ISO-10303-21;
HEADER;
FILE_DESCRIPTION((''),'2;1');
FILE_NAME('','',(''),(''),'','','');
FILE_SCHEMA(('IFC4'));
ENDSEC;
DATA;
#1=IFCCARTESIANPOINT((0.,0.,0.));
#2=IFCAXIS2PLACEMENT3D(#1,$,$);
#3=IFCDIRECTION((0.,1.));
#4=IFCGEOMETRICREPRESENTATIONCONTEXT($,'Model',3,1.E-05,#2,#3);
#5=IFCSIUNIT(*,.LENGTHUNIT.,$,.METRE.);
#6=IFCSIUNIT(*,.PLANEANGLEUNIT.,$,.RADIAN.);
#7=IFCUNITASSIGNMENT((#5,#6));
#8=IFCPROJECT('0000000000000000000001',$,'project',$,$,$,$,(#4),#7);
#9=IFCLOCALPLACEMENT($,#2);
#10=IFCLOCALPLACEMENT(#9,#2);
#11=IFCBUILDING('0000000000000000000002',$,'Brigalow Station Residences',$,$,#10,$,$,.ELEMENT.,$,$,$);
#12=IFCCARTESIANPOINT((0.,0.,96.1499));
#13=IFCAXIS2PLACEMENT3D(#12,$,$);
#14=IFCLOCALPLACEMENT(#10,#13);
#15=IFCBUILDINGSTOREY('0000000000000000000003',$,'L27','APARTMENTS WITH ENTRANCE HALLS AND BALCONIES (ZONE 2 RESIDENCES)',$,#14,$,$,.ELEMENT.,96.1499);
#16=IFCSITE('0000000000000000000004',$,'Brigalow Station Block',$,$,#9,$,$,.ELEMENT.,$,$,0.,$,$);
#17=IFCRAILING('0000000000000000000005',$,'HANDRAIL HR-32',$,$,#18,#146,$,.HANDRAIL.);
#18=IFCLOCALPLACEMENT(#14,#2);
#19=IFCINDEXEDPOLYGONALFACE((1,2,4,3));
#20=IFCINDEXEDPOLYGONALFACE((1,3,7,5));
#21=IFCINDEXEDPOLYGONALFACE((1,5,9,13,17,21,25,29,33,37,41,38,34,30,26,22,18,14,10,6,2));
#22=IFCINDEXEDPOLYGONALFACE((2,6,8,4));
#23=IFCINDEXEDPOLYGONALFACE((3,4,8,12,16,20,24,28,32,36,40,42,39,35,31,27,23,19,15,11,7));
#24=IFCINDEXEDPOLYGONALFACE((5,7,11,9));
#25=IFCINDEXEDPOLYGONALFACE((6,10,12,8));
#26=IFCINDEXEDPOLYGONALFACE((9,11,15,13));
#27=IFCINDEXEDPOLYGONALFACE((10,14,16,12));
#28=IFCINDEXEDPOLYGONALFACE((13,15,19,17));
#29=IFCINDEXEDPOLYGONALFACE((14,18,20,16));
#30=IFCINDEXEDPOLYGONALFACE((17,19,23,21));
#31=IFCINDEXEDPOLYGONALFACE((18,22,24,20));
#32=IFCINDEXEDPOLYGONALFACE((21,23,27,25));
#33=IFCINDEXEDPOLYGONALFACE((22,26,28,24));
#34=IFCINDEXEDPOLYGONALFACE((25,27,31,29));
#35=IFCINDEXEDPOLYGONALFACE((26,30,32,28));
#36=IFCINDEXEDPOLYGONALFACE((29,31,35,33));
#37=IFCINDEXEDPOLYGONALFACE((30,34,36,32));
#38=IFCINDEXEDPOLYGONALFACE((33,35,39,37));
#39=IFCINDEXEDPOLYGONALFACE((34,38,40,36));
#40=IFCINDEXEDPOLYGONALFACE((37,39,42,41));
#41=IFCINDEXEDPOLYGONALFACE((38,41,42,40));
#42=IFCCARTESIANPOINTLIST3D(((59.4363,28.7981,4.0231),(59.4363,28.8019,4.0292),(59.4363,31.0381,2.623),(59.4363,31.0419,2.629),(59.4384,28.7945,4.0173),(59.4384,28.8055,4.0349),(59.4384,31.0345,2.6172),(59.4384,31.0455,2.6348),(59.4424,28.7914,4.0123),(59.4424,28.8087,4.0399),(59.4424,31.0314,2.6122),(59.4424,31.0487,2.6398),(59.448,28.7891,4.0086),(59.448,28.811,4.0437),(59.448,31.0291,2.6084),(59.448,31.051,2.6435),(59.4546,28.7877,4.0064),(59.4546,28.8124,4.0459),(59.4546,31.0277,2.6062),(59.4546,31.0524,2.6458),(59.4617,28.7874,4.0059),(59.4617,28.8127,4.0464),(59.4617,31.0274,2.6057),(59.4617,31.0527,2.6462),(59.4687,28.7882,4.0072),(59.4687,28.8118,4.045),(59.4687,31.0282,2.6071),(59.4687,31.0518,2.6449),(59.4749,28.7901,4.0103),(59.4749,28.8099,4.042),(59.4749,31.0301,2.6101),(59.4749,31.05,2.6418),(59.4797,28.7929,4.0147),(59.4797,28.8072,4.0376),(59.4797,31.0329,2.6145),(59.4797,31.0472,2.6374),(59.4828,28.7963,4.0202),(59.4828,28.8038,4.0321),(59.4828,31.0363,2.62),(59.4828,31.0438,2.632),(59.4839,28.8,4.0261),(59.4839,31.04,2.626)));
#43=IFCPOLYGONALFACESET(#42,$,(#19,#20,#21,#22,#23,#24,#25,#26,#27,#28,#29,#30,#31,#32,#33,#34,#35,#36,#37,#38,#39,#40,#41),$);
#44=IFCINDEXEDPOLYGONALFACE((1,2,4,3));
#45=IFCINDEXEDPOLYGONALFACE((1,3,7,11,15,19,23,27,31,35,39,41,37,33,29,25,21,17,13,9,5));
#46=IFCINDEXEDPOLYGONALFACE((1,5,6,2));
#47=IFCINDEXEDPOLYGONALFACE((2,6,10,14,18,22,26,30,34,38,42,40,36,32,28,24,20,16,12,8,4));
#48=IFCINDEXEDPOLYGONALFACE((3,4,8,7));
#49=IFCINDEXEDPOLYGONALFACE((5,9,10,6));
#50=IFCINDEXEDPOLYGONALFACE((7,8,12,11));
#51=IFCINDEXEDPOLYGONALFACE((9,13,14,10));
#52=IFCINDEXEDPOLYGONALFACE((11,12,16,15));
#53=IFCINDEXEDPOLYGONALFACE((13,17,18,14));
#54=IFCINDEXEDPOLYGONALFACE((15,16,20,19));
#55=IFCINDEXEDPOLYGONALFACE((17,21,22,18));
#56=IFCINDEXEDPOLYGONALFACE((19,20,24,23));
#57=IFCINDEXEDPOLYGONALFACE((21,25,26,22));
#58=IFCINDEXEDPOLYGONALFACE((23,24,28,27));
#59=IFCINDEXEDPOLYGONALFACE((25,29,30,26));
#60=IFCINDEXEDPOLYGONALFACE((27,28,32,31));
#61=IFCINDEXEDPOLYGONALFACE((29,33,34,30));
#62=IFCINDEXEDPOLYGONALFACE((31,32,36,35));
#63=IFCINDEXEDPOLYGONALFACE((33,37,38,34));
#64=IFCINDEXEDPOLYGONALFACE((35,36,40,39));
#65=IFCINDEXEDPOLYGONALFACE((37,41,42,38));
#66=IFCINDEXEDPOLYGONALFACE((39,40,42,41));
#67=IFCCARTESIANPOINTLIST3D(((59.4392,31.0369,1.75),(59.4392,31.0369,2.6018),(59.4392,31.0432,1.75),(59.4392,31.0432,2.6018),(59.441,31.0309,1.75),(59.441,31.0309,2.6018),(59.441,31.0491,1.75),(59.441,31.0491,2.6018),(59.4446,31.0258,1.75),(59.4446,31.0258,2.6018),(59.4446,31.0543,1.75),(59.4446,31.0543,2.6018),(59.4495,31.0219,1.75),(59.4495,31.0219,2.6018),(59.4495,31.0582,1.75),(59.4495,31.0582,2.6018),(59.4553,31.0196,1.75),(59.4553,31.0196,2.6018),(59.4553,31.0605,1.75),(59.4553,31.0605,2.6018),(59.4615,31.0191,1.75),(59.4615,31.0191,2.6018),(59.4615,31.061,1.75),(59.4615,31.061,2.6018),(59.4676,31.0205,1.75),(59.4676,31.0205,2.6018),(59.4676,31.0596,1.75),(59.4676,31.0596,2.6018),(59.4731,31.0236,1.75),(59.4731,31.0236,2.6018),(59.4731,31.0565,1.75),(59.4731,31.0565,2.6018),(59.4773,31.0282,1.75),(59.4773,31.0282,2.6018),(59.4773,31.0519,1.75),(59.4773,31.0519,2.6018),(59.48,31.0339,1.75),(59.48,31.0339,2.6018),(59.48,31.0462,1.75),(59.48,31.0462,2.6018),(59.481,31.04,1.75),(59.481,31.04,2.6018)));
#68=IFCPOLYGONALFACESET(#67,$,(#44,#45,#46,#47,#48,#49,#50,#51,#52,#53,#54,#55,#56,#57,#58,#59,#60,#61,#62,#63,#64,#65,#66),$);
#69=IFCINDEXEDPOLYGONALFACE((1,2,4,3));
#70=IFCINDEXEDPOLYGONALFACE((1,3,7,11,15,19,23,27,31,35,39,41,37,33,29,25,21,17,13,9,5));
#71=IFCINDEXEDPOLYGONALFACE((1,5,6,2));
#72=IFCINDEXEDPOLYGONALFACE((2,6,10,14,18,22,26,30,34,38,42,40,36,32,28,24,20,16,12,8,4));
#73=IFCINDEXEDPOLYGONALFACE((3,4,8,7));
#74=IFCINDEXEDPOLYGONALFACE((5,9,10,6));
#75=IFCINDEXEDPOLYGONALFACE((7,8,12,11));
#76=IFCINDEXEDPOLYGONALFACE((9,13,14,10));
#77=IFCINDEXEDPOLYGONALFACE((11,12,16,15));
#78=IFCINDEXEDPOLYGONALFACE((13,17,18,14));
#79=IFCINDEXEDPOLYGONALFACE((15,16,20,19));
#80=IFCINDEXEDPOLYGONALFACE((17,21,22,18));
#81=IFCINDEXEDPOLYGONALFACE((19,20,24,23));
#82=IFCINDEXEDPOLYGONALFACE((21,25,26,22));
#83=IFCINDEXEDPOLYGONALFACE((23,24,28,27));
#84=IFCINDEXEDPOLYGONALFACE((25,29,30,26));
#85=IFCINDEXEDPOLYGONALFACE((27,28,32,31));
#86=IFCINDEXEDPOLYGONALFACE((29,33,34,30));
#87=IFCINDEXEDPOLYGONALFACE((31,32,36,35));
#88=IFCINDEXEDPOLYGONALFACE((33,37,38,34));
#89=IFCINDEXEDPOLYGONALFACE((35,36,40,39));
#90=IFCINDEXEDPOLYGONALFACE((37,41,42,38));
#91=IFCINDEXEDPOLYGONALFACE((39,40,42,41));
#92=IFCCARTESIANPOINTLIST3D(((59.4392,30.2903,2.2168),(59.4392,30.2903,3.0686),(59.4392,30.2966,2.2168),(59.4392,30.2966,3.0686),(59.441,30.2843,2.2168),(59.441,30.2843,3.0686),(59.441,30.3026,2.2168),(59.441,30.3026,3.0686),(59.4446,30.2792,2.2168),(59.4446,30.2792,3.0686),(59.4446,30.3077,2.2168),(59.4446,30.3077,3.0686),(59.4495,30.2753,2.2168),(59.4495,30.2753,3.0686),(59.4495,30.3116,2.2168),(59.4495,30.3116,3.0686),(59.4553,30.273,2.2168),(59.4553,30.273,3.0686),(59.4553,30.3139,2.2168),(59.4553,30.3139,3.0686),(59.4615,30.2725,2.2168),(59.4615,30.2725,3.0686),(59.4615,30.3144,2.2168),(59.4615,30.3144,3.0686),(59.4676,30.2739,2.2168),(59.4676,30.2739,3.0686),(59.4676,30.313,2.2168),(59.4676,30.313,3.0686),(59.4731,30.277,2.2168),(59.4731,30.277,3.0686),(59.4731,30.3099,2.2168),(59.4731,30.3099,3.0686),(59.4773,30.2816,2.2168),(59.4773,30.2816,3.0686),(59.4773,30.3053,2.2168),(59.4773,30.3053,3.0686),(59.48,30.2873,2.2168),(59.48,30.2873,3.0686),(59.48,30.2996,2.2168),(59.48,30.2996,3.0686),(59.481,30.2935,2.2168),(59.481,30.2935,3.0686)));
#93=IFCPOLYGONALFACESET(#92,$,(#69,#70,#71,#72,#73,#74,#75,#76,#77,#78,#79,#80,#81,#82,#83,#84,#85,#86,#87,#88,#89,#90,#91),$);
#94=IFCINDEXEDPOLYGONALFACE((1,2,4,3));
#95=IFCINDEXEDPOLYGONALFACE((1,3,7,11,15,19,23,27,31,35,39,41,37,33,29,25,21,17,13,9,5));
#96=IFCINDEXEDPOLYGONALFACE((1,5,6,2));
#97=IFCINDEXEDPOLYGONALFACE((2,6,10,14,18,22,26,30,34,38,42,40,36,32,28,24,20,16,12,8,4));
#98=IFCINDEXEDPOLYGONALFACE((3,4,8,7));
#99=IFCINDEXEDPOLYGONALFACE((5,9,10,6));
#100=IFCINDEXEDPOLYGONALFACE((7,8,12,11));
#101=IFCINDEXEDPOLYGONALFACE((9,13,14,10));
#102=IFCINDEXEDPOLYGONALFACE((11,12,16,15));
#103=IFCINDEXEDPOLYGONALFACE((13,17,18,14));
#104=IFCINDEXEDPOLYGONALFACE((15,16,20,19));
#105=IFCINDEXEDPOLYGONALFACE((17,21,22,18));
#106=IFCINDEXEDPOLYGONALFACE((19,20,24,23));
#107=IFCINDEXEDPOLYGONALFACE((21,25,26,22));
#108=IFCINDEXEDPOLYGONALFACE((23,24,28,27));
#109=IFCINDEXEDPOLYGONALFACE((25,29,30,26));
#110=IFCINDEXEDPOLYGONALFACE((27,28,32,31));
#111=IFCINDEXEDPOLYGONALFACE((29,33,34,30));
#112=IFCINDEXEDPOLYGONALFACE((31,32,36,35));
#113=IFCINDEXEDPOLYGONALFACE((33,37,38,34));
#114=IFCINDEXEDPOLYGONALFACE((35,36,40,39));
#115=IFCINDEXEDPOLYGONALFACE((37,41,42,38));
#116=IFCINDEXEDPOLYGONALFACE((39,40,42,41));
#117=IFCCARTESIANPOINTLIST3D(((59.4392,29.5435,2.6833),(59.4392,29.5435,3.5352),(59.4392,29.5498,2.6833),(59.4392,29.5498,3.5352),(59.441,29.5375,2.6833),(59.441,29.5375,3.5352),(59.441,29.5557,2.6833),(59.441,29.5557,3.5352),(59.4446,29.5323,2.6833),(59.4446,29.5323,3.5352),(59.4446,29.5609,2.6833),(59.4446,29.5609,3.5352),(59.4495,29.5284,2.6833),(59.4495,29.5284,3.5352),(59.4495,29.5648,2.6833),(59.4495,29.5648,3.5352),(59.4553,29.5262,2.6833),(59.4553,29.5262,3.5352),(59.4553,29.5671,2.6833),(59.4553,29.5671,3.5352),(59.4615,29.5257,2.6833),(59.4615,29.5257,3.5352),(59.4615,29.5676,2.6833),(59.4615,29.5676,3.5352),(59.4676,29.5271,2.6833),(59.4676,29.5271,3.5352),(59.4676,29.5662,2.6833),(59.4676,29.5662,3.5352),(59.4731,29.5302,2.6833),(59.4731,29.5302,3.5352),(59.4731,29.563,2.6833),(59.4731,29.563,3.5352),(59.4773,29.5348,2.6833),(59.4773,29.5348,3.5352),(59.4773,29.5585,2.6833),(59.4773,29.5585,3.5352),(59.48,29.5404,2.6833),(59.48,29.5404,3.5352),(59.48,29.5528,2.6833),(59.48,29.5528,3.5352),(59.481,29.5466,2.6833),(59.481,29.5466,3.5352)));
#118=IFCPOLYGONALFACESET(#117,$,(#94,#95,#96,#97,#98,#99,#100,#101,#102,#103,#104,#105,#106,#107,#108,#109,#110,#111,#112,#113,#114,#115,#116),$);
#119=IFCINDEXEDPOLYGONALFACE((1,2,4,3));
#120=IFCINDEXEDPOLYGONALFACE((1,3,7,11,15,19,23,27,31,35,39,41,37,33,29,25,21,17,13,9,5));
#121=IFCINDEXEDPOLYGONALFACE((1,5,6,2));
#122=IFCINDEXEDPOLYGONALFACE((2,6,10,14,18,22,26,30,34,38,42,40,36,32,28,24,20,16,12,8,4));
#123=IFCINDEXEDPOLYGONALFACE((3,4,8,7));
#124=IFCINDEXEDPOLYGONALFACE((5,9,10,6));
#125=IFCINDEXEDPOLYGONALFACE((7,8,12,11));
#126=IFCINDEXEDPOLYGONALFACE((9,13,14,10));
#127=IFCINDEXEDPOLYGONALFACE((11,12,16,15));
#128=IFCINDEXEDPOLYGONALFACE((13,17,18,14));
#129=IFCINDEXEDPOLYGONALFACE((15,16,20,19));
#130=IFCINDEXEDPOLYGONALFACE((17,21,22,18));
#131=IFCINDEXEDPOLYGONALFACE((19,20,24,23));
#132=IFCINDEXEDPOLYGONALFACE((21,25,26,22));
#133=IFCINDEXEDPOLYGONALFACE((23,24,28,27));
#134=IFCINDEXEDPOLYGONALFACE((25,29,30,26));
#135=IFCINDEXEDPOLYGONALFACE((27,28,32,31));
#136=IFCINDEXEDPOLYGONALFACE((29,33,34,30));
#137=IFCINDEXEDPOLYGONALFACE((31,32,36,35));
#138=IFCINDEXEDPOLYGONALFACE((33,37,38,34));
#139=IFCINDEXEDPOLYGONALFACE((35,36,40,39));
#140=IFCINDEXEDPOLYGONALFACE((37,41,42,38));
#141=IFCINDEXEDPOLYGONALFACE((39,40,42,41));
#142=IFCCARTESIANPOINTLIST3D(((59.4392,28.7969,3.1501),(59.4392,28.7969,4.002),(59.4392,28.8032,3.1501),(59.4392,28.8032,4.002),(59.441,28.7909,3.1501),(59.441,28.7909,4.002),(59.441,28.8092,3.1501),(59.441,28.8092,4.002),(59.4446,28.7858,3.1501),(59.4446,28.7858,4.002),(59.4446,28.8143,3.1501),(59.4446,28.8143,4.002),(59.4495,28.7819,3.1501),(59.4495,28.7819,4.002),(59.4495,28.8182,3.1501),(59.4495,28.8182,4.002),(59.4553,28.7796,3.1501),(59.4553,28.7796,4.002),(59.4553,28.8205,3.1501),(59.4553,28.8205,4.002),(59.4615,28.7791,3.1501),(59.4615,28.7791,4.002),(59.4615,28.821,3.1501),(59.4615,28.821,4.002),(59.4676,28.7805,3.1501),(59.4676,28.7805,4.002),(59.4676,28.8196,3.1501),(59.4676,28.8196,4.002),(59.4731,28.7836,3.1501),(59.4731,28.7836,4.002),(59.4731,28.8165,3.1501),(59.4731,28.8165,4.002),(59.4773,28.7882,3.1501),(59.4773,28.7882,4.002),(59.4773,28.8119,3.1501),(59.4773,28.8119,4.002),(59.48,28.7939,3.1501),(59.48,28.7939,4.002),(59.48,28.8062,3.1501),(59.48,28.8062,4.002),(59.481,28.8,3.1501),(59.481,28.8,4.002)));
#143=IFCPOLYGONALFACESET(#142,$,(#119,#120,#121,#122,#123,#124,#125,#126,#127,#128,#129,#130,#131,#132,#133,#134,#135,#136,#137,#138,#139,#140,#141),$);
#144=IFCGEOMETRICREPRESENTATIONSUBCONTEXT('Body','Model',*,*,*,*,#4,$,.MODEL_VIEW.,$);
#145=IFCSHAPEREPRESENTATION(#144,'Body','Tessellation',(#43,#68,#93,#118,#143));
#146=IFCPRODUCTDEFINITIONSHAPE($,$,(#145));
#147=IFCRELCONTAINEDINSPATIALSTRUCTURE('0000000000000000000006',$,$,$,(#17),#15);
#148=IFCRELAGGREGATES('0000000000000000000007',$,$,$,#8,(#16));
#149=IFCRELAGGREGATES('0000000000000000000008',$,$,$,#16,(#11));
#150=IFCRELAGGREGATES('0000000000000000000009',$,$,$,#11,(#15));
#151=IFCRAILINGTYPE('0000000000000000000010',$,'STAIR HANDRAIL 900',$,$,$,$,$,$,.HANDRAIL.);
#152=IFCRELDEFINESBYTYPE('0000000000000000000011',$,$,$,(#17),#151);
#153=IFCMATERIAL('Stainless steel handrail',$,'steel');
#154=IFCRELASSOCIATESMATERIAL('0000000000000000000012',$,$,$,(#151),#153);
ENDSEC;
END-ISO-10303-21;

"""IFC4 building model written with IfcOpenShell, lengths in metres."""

from ifc_helpers import new_model, si_unit, direction, frame, origin, origin_2d, place, context, subcontext, project, spatial, circle, extrude, material, type_object, element, save


model = new_model("IFC4")

# Units and contexts
model_context = context("Model", 3, precision=1e-05, world=origin(), true_north=direction((0.0, 1.0)))
body_context = subcontext(model_context, "Body", "Model", "MODEL_VIEW")
ifc_project = project(units=[si_unit("LENGTHUNIT", "METRE"), si_unit("PLANEANGLEUNIT", "RADIAN")], contexts=[model_context])

# Site, building, storey
site_placement = place(None, origin())
site = spatial("IfcSite", under=ifc_project, at=site_placement, Name="Brigalow Station Block", CompositionType="ELEMENT", RefElevation=0.0)
building_placement = place(site_placement, origin())
building = spatial("IfcBuilding", under=site, at=building_placement, Name="Brigalow Station Residences", CompositionType="ELEMENT")
storey_placement = place(building_placement, frame((0.0, 0.0, 96.1499)))
storey = spatial("IfcBuildingStorey", under=building, at=storey_placement, Name="L27", Description="APARTMENTS WITH ENTRANCE HALLS AND BALCONIES (ZONE 2 RESIDENCES)", CompositionType="ELEMENT", Elevation=96.1499)

# Railing
ifc_material_1 = material(Name="Stainless steel handrail", Category="steel")
railing_type = type_object("IfcRailingType", Name="STAIR HANDRAIL 900", PredefinedType="HANDRAIL", material=ifc_material_1)
railing_placement = place(storey_placement, frame((59.46, 31.04, 1.75)))
element("IfcRailing", 1, at=railing_placement, inside=storey, type_object=railing_type, Name="HANDRAIL HR-32", PredefinedType="HANDRAIL", context=body_context, shape_type="SweptSolid", body=[
    extrude(circle(Radius=0.0239, at=origin_2d()), frame((0.0, 0.0, 0.876), z_axis=(0.0, -0.847972, 0.53004), x_axis=(1.0, 0.0, 0.0)), (0.0, 0.0, 1.0), 2.6416),
    extrude(circle(Radius=0.021, at=origin_2d()), origin(), (0.0, 0.0, 1.0), 0.8518),
    extrude(circle(Radius=0.021, at=origin_2d()), frame((0.0, -0.7466, 0.4668)), (0.0, 0.0, 1.0), 0.8518),
    extrude(circle(Radius=0.021, at=origin_2d()), frame((0.0, -1.4934, 0.9333)), (0.0, 0.0, 1.0), 0.8518),
    extrude(circle(Radius=0.021, at=origin_2d()), frame((0.0, -2.24, 1.4001)), (0.0, 0.0, 1.0), 0.8518),
])

save(model, "model.ifc")
